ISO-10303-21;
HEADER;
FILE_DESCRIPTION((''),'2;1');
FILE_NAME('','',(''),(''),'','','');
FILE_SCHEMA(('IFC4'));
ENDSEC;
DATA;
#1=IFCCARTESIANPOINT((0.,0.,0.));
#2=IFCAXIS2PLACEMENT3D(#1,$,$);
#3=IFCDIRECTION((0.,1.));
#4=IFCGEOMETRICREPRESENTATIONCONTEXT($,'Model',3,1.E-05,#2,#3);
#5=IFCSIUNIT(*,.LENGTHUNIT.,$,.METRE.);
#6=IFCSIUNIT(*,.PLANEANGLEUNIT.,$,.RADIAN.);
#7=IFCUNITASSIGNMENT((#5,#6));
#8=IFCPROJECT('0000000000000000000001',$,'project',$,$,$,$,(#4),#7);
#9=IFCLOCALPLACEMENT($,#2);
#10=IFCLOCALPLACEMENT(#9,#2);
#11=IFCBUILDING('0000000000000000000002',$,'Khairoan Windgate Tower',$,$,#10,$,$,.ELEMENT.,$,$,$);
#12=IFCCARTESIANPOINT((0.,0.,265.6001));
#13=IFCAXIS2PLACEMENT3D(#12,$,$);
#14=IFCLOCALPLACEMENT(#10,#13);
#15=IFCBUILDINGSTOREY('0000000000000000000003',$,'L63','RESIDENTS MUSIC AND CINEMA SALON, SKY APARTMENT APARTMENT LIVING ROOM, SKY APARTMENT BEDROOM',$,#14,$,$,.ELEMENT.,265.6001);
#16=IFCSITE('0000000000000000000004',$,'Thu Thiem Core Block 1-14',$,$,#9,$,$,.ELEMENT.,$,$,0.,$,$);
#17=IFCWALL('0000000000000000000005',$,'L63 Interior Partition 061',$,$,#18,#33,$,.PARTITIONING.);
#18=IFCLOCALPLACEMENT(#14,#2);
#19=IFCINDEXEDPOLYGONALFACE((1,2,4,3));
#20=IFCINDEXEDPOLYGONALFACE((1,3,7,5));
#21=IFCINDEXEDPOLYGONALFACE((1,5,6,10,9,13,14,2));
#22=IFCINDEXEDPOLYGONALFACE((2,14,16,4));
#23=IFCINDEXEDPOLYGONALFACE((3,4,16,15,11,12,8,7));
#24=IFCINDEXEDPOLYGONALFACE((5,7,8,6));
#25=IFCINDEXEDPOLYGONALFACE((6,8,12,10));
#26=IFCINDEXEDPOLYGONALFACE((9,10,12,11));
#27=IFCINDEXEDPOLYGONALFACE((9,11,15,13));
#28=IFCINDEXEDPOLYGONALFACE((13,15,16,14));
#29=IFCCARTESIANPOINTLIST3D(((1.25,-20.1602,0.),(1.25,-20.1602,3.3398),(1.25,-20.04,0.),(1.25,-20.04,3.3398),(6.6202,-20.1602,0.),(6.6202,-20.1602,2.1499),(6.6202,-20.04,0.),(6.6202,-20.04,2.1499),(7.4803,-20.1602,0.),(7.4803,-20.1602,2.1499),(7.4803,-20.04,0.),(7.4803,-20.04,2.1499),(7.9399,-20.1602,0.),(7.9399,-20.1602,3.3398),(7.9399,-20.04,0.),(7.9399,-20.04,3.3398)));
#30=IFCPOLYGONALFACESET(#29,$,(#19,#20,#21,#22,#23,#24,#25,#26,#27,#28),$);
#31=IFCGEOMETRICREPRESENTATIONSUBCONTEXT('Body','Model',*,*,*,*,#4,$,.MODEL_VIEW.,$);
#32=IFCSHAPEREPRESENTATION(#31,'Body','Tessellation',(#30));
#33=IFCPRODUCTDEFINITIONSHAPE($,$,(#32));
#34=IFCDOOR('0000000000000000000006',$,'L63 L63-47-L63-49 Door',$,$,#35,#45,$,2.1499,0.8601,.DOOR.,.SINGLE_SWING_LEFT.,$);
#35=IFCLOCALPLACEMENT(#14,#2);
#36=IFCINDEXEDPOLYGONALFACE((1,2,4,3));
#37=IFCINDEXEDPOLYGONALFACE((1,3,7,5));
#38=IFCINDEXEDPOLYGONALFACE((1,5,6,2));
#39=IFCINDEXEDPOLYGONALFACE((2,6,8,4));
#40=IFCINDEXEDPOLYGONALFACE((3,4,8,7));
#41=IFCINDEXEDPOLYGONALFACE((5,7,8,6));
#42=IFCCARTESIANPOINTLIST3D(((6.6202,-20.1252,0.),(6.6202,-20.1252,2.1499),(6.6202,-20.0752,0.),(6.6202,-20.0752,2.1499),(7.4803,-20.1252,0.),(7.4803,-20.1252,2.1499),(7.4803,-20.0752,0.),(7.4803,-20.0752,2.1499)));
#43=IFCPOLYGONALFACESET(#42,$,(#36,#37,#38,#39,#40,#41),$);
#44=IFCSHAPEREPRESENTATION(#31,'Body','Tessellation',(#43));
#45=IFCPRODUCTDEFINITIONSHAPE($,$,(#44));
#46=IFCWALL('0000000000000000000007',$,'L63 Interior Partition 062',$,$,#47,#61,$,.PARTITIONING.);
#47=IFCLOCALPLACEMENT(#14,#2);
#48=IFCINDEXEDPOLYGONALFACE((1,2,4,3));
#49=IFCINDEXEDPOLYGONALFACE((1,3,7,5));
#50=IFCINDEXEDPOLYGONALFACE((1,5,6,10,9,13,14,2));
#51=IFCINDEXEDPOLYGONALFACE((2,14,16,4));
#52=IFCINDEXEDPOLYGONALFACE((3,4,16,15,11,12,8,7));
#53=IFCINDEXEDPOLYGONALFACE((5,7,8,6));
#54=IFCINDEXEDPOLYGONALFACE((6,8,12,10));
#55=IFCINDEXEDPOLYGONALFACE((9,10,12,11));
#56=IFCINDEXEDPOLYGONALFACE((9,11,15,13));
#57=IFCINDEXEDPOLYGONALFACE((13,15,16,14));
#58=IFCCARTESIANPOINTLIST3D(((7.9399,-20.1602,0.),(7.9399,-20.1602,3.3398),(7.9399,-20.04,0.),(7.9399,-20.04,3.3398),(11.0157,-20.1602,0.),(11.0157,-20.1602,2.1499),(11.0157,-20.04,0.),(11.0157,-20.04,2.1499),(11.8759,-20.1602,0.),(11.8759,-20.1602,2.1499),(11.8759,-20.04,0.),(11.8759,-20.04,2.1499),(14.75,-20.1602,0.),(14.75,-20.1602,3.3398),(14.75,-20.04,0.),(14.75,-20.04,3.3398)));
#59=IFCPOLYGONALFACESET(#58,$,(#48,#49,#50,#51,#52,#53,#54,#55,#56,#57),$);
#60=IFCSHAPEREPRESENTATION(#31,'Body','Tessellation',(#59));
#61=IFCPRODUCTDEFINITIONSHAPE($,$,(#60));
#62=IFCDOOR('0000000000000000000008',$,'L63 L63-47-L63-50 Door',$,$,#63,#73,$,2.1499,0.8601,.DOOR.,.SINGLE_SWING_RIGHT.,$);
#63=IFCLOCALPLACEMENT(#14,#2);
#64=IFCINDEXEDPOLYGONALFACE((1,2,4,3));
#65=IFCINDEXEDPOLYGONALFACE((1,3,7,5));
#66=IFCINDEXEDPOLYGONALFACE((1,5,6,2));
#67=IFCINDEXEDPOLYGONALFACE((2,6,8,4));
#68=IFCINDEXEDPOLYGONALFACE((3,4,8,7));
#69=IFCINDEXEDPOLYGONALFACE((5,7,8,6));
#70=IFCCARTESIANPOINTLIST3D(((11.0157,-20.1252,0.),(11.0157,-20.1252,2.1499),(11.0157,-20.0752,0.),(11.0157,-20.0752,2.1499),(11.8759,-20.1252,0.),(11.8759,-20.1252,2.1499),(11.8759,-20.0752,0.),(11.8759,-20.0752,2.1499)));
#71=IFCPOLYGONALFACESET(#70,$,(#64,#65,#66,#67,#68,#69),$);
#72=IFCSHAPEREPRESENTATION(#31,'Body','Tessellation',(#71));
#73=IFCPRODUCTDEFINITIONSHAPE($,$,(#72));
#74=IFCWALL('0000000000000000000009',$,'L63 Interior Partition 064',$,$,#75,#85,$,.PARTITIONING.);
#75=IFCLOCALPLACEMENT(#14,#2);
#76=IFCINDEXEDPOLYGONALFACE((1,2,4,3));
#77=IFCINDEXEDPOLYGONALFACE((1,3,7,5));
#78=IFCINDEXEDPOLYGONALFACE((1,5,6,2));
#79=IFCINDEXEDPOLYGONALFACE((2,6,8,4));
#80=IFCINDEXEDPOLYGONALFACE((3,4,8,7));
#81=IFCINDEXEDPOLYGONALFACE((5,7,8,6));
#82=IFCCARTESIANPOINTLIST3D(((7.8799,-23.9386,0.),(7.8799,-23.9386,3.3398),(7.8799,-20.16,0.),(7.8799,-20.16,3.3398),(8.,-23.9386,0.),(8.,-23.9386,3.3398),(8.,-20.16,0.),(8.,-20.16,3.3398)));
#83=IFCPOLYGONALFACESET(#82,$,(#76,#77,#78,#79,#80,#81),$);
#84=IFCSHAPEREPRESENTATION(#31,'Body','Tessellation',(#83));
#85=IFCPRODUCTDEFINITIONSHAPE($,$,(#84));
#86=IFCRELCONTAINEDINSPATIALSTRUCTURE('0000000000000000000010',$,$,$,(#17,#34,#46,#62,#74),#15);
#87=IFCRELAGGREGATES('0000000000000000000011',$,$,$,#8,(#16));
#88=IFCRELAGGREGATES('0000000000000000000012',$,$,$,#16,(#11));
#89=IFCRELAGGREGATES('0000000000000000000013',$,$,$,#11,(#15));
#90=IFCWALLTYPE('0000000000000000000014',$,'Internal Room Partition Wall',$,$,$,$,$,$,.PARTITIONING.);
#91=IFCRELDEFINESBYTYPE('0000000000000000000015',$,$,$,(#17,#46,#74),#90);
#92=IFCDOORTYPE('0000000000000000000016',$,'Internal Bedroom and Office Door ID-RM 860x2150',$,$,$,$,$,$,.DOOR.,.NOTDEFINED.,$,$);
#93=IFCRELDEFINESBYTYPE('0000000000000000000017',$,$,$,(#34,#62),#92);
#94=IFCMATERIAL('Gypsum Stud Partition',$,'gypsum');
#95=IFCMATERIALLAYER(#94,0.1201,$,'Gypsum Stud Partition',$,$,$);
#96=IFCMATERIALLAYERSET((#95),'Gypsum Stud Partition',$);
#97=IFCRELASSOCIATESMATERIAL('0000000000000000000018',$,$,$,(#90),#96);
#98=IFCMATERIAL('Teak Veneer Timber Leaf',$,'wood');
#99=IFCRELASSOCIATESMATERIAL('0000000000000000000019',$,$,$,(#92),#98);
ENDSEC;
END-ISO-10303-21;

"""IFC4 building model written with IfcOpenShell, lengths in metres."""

from ifc_helpers import new_model, si_unit, direction, frame, frame_2d, origin, place, context, subcontext, project, spatial, rectangle, extrude, material, layer, layer_set, type_object, element, fill, save


model = new_model("IFC4")

# Units and contexts
model_context = context("Model", 3, precision=1e-05, world=origin(), true_north=direction((0.0, 1.0)))
body_context = subcontext(model_context, "Body", "Model", "MODEL_VIEW")
ifc_project = project(units=[si_unit("LENGTHUNIT", "METRE"), si_unit("PLANEANGLEUNIT", "RADIAN")], contexts=[model_context])

# Site, building, storey
site_placement = place(None, origin())
site = spatial("IfcSite", under=ifc_project, at=site_placement, Name="Thu Thiem Core Block 1-14", CompositionType="ELEMENT", RefElevation=0.0)
building_placement = place(site_placement, origin())
building = spatial("IfcBuilding", under=site, at=building_placement, Name="Khairoan Windgate Tower", CompositionType="ELEMENT")
storey_placement = place(building_placement, frame((0.0, 0.0, 265.6001)))
storey = spatial("IfcBuildingStorey", under=building, at=storey_placement, Name="L63", Description="RESIDENTS MUSIC AND CINEMA SALON, SKY APARTMENT APARTMENT LIVING ROOM, SKY APARTMENT BEDROOM", CompositionType="ELEMENT", Elevation=265.6001)

# Shared definitions
ifc_material_1 = material(Name="Gypsum Stud Partition", Category="gypsum")
ifc_layer_1 = layer(ifc_material_1, 0.1201, Name="Gypsum Stud Partition")
ifc_layer_set_1 = layer_set([ifc_layer_1], Name="Gypsum Stud Partition")
wall_type_1 = type_object("IfcWallType", Name="Internal Room Partition Wall", PredefinedType="PARTITIONING", material=ifc_layer_set_1)

# Walls, openings, doors
wall_1_placement = place(storey_placement, frame((1.25, -20.1001, 0.0), z_axis=(0.0, 0.0, 1.0), x_axis=(1.0, 0.0, 0.0)))
wall_1 = element("IfcWall", 1, at=wall_1_placement, inside=storey, type_object=wall_type_1, Name="L63 Interior Partition 061", PredefinedType="PARTITIONING", context=body_context, shape_type="SweptSolid", body=[
    extrude(rectangle(XDim=6.6899, YDim=0.1201, at=frame_2d((3.345, 0.0))), origin(), (0.0, 0.0, 1.0), 3.3398),
])
opening_1_placement = place(wall_1_placement, frame((5.3701, 0.0, 0.0)))
opening_1 = element("IfcOpeningElement", 2, at=opening_1_placement, cuts=wall_1, PredefinedType="OPENING", context=body_context, shape_type="SweptSolid", body=[
    extrude(rectangle(XDim=0.8601, YDim=2.1499, at=frame_2d((0.4302, 1.075))), frame((0.0, 0.0701, 0.0), z_axis=(0.0, -1.0, 0.0), x_axis=(1.0, 0.0, 0.0)), (0.0, 0.0, 1.0), 0.1401),
])
ifc_material_2 = material(Name="Teak Veneer Timber Leaf", Category="wood")
door_type_1 = type_object("IfcDoorType", Name="Internal Bedroom and Office Door ID-RM 860x2150", OperationType="NOTDEFINED", PredefinedType="DOOR", material=ifc_material_2)
door_1_placement = place(opening_1_placement, origin())
door_1 = element("IfcDoor", 3, at=door_1_placement, inside=storey, type_object=door_type_1, Name="L63 L63-47-L63-49 Door", OperationType="SINGLE_SWING_LEFT", OverallHeight=2.1499, OverallWidth=0.8601, PredefinedType="DOOR", context=body_context, shape_type="SweptSolid", body=[
    extrude(rectangle(XDim=0.8601, YDim=2.1499, at=frame_2d((0.4302, 1.075))), frame((0.0, 0.0249, 0.0), z_axis=(0.0, -1.0, 0.0), x_axis=(1.0, 0.0, 0.0)), (0.0, 0.0, 1.0), 0.05),
])
fill(opening_1, door_1)
wall_2_placement = place(storey_placement, frame((7.9399, -20.1001, 0.0), z_axis=(0.0, 0.0, 1.0), x_axis=(1.0, 0.0, 0.0)))
wall_2 = element("IfcWall", 4, at=wall_2_placement, inside=storey, type_object=wall_type_1, Name="L63 Interior Partition 062", PredefinedType="PARTITIONING", context=body_context, shape_type="SweptSolid", body=[
    extrude(rectangle(XDim=6.8101, YDim=0.1201, at=frame_2d((3.405, 0.0))), origin(), (0.0, 0.0, 1.0), 3.3398),
])
opening_2_placement = place(wall_2_placement, frame((3.0757, 0.0, 0.0)))
opening_2 = element("IfcOpeningElement", 5, at=opening_2_placement, cuts=wall_2, PredefinedType="OPENING", context=body_context, shape_type="SweptSolid", body=[
    extrude(rectangle(XDim=0.8601, YDim=2.1499, at=frame_2d((0.4302, 1.075))), frame((0.0, 0.0701, 0.0), z_axis=(0.0, -1.0, 0.0), x_axis=(1.0, 0.0, 0.0)), (0.0, 0.0, 1.0), 0.1401),
])
door_2_placement = place(opening_2_placement, origin())
door_2 = element("IfcDoor", 6, at=door_2_placement, inside=storey, type_object=door_type_1, Name="L63 L63-47-L63-50 Door", OperationType="SINGLE_SWING_RIGHT", OverallHeight=2.1499, OverallWidth=0.8601, PredefinedType="DOOR", context=body_context, shape_type="SweptSolid", body=[
    extrude(rectangle(XDim=0.8601, YDim=2.1499, at=frame_2d((0.4302, 1.075))), frame((0.0, 0.0249, 0.0), z_axis=(0.0, -1.0, 0.0), x_axis=(1.0, 0.0, 0.0)), (0.0, 0.0, 1.0), 0.05),
])
fill(opening_2, door_2)

# Wall
wall_3_placement = place(storey_placement, frame((7.9399, -23.9385, 0.0), z_axis=(0.0, 0.0, 1.0), x_axis=(0.0, 1.0, 0.0)))
element("IfcWall", 7, at=wall_3_placement, inside=storey, type_object=wall_type_1, Name="L63 Interior Partition 064", PredefinedType="PARTITIONING", context=body_context, shape_type="SweptSolid", body=[
    extrude(rectangle(XDim=3.7786, YDim=0.1201, at=frame_2d((1.8892, 0.0))), origin(), (0.0, 0.0, 1.0), 3.3398),
])

save(model, "model.ifc")
